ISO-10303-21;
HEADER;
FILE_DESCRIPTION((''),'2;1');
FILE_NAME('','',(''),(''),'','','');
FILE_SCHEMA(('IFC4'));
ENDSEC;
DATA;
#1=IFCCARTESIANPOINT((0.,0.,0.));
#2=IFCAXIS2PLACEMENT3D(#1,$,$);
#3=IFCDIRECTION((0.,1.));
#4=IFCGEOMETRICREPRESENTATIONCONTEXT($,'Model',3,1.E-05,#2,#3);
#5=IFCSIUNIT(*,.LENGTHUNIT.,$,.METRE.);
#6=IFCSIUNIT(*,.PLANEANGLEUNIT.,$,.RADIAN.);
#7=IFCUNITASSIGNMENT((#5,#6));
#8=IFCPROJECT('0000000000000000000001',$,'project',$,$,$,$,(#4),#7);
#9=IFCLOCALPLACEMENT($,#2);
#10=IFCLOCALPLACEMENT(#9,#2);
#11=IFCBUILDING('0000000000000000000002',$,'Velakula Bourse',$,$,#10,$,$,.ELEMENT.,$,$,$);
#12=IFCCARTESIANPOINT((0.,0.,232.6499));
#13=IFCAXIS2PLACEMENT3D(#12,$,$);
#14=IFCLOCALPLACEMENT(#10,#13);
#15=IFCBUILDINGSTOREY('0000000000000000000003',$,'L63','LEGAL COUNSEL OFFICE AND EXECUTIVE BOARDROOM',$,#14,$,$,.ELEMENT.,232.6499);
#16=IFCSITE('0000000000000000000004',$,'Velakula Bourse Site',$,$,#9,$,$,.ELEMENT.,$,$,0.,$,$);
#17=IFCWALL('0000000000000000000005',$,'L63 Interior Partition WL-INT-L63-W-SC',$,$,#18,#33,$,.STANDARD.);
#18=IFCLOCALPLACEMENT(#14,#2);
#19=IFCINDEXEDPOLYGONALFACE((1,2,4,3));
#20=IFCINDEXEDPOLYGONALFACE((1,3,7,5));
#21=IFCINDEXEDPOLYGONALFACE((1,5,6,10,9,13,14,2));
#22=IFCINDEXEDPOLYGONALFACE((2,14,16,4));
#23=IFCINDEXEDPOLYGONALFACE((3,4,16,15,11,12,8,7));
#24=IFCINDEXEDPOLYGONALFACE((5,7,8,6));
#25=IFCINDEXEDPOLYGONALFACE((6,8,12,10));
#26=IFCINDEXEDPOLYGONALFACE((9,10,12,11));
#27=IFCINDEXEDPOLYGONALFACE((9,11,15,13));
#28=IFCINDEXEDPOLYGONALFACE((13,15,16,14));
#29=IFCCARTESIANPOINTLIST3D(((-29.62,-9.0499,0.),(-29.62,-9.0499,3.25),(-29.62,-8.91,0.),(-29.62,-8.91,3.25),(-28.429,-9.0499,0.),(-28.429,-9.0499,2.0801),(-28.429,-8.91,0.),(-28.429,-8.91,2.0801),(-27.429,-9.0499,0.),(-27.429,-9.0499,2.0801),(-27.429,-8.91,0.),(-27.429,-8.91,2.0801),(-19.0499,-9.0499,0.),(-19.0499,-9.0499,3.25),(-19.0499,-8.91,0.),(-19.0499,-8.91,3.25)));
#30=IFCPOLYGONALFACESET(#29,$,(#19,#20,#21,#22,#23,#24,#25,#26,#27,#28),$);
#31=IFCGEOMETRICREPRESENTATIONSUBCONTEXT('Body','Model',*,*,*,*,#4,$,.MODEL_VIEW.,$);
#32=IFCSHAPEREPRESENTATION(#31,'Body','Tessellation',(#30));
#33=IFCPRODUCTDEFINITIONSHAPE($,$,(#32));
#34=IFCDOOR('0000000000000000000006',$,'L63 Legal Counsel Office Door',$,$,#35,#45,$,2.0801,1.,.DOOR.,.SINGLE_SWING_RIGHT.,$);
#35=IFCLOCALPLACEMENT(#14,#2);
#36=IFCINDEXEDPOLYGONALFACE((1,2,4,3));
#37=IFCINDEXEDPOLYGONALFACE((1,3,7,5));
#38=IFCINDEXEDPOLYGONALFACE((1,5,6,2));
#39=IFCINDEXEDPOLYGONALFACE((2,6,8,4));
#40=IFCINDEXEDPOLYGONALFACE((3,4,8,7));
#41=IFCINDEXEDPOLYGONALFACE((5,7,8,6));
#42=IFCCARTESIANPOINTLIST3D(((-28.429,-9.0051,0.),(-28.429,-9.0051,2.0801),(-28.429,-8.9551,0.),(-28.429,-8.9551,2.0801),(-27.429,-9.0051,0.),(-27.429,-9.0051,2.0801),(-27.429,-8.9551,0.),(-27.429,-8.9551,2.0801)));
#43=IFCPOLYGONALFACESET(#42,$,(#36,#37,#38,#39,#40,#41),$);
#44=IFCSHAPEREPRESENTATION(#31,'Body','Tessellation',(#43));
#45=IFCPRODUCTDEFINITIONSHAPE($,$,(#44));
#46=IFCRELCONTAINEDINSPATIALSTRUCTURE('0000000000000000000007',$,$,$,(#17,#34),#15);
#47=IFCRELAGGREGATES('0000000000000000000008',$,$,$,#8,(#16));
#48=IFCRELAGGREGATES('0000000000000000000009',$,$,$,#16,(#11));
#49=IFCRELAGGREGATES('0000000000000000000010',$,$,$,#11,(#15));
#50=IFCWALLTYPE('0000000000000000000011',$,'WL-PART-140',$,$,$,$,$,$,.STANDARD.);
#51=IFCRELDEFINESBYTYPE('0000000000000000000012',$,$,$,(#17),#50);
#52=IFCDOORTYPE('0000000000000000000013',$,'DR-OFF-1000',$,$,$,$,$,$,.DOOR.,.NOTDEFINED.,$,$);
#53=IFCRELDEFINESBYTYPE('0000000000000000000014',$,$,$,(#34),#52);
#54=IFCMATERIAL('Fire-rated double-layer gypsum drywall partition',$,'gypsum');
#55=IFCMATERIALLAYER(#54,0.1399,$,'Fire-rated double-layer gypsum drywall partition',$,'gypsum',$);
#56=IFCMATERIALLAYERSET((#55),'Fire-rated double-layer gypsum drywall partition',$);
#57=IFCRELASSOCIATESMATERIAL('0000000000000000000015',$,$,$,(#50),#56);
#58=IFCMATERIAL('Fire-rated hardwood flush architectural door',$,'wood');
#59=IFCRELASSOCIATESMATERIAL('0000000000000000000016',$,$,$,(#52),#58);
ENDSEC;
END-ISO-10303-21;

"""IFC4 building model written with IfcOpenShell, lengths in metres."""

from ifc_helpers import new_model, si_unit, direction, frame, frame_2d, origin, place, context, subcontext, project, spatial, rectangle, extrude, material, layer, layer_set, type_object, element, fill, save


model = new_model("IFC4")

# Units and contexts
model_context = context("Model", 3, precision=1e-05, world=origin(), true_north=direction((0.0, 1.0)))
body_context = subcontext(model_context, "Body", "Model", "MODEL_VIEW")
ifc_project = project(units=[si_unit("LENGTHUNIT", "METRE"), si_unit("PLANEANGLEUNIT", "RADIAN")], contexts=[model_context])

# Site, building, storey
site_placement = place(None, origin())
site = spatial("IfcSite", under=ifc_project, at=site_placement, Name="Velakula Bourse Site", CompositionType="ELEMENT", RefElevation=0.0)
building_placement = place(site_placement, origin())
building = spatial("IfcBuilding", under=site, at=building_placement, Name="Velakula Bourse", CompositionType="ELEMENT")
storey_placement = place(building_placement, frame((0.0, 0.0, 232.6499)))
storey = spatial("IfcBuildingStorey", under=building, at=storey_placement, Name="L63", Description="LEGAL COUNSEL OFFICE AND EXECUTIVE BOARDROOM", CompositionType="ELEMENT", Elevation=232.6499)

# Shared definitions
ifc_material_1 = material(Name="Fire-rated double-layer gypsum drywall partition", Category="gypsum")
ifc_layer_1 = layer(ifc_material_1, 0.1399, Name="Fire-rated double-layer gypsum drywall partition", Category="gypsum")
ifc_layer_set_1 = layer_set([ifc_layer_1], Name="Fire-rated double-layer gypsum drywall partition")
wall_type_1 = type_object("IfcWallType", Name="WL-PART-140", PredefinedType="STANDARD", material=ifc_layer_set_1)
ifc_material_2 = material(Name="Fire-rated hardwood flush architectural door", Category="wood")
door_type_1 = type_object("IfcDoorType", Name="DR-OFF-1000", OperationType="NOTDEFINED", PredefinedType="DOOR", material=ifc_material_2)

# Wall, opening, door
wall_1_placement = place(storey_placement, frame((-29.6201, -8.98, 0.0), z_axis=(0.0, 0.0, 1.0), x_axis=(1.0, 0.0, 0.0)))
wall_1 = element("IfcWall", 1, at=wall_1_placement, inside=storey, type_object=wall_type_1, Name="L63 Interior Partition WL-INT-L63-W-SC", PredefinedType="STANDARD", context=body_context, shape_type="SweptSolid", body=[
    extrude(rectangle(XDim=10.5701, YDim=0.1399, at=frame_2d((5.2852, 0.0))), origin(), (0.0, 0.0, 1.0), 3.25),
])
opening_1_placement = place(wall_1_placement, frame((1.1912, 0.0, 0.0)))
opening_1 = element("IfcOpeningElement", 2, at=opening_1_placement, cuts=wall_1, PredefinedType="OPENING", context=body_context, shape_type="SweptSolid", body=[
    extrude(rectangle(XDim=1.0, YDim=2.0801, at=frame_2d((0.5, 1.04))), frame((0.0, 0.0798, 0.0), z_axis=(0.0, -1.0, 0.0), x_axis=(1.0, 0.0, 0.0)), (0.0, 0.0, 1.0), 0.1599),
])
door_1_placement = place(opening_1_placement, origin())
door_1 = element("IfcDoor", 3, at=door_1_placement, inside=storey, type_object=door_type_1, Name="L63 Legal Counsel Office Door", OperationType="SINGLE_SWING_RIGHT", OverallHeight=2.0801, OverallWidth=1.0, PredefinedType="DOOR", context=body_context, shape_type="SweptSolid", body=[
    extrude(rectangle(XDim=1.0, YDim=2.0801, at=frame_2d((0.5, 1.04))), frame((0.0, 0.0249, 0.0), z_axis=(0.0, -1.0, 0.0), x_axis=(1.0, 0.0, 0.0)), (0.0, 0.0, 1.0), 0.05),
])
fill(opening_1, door_1)

save(model, "model.ifc")
